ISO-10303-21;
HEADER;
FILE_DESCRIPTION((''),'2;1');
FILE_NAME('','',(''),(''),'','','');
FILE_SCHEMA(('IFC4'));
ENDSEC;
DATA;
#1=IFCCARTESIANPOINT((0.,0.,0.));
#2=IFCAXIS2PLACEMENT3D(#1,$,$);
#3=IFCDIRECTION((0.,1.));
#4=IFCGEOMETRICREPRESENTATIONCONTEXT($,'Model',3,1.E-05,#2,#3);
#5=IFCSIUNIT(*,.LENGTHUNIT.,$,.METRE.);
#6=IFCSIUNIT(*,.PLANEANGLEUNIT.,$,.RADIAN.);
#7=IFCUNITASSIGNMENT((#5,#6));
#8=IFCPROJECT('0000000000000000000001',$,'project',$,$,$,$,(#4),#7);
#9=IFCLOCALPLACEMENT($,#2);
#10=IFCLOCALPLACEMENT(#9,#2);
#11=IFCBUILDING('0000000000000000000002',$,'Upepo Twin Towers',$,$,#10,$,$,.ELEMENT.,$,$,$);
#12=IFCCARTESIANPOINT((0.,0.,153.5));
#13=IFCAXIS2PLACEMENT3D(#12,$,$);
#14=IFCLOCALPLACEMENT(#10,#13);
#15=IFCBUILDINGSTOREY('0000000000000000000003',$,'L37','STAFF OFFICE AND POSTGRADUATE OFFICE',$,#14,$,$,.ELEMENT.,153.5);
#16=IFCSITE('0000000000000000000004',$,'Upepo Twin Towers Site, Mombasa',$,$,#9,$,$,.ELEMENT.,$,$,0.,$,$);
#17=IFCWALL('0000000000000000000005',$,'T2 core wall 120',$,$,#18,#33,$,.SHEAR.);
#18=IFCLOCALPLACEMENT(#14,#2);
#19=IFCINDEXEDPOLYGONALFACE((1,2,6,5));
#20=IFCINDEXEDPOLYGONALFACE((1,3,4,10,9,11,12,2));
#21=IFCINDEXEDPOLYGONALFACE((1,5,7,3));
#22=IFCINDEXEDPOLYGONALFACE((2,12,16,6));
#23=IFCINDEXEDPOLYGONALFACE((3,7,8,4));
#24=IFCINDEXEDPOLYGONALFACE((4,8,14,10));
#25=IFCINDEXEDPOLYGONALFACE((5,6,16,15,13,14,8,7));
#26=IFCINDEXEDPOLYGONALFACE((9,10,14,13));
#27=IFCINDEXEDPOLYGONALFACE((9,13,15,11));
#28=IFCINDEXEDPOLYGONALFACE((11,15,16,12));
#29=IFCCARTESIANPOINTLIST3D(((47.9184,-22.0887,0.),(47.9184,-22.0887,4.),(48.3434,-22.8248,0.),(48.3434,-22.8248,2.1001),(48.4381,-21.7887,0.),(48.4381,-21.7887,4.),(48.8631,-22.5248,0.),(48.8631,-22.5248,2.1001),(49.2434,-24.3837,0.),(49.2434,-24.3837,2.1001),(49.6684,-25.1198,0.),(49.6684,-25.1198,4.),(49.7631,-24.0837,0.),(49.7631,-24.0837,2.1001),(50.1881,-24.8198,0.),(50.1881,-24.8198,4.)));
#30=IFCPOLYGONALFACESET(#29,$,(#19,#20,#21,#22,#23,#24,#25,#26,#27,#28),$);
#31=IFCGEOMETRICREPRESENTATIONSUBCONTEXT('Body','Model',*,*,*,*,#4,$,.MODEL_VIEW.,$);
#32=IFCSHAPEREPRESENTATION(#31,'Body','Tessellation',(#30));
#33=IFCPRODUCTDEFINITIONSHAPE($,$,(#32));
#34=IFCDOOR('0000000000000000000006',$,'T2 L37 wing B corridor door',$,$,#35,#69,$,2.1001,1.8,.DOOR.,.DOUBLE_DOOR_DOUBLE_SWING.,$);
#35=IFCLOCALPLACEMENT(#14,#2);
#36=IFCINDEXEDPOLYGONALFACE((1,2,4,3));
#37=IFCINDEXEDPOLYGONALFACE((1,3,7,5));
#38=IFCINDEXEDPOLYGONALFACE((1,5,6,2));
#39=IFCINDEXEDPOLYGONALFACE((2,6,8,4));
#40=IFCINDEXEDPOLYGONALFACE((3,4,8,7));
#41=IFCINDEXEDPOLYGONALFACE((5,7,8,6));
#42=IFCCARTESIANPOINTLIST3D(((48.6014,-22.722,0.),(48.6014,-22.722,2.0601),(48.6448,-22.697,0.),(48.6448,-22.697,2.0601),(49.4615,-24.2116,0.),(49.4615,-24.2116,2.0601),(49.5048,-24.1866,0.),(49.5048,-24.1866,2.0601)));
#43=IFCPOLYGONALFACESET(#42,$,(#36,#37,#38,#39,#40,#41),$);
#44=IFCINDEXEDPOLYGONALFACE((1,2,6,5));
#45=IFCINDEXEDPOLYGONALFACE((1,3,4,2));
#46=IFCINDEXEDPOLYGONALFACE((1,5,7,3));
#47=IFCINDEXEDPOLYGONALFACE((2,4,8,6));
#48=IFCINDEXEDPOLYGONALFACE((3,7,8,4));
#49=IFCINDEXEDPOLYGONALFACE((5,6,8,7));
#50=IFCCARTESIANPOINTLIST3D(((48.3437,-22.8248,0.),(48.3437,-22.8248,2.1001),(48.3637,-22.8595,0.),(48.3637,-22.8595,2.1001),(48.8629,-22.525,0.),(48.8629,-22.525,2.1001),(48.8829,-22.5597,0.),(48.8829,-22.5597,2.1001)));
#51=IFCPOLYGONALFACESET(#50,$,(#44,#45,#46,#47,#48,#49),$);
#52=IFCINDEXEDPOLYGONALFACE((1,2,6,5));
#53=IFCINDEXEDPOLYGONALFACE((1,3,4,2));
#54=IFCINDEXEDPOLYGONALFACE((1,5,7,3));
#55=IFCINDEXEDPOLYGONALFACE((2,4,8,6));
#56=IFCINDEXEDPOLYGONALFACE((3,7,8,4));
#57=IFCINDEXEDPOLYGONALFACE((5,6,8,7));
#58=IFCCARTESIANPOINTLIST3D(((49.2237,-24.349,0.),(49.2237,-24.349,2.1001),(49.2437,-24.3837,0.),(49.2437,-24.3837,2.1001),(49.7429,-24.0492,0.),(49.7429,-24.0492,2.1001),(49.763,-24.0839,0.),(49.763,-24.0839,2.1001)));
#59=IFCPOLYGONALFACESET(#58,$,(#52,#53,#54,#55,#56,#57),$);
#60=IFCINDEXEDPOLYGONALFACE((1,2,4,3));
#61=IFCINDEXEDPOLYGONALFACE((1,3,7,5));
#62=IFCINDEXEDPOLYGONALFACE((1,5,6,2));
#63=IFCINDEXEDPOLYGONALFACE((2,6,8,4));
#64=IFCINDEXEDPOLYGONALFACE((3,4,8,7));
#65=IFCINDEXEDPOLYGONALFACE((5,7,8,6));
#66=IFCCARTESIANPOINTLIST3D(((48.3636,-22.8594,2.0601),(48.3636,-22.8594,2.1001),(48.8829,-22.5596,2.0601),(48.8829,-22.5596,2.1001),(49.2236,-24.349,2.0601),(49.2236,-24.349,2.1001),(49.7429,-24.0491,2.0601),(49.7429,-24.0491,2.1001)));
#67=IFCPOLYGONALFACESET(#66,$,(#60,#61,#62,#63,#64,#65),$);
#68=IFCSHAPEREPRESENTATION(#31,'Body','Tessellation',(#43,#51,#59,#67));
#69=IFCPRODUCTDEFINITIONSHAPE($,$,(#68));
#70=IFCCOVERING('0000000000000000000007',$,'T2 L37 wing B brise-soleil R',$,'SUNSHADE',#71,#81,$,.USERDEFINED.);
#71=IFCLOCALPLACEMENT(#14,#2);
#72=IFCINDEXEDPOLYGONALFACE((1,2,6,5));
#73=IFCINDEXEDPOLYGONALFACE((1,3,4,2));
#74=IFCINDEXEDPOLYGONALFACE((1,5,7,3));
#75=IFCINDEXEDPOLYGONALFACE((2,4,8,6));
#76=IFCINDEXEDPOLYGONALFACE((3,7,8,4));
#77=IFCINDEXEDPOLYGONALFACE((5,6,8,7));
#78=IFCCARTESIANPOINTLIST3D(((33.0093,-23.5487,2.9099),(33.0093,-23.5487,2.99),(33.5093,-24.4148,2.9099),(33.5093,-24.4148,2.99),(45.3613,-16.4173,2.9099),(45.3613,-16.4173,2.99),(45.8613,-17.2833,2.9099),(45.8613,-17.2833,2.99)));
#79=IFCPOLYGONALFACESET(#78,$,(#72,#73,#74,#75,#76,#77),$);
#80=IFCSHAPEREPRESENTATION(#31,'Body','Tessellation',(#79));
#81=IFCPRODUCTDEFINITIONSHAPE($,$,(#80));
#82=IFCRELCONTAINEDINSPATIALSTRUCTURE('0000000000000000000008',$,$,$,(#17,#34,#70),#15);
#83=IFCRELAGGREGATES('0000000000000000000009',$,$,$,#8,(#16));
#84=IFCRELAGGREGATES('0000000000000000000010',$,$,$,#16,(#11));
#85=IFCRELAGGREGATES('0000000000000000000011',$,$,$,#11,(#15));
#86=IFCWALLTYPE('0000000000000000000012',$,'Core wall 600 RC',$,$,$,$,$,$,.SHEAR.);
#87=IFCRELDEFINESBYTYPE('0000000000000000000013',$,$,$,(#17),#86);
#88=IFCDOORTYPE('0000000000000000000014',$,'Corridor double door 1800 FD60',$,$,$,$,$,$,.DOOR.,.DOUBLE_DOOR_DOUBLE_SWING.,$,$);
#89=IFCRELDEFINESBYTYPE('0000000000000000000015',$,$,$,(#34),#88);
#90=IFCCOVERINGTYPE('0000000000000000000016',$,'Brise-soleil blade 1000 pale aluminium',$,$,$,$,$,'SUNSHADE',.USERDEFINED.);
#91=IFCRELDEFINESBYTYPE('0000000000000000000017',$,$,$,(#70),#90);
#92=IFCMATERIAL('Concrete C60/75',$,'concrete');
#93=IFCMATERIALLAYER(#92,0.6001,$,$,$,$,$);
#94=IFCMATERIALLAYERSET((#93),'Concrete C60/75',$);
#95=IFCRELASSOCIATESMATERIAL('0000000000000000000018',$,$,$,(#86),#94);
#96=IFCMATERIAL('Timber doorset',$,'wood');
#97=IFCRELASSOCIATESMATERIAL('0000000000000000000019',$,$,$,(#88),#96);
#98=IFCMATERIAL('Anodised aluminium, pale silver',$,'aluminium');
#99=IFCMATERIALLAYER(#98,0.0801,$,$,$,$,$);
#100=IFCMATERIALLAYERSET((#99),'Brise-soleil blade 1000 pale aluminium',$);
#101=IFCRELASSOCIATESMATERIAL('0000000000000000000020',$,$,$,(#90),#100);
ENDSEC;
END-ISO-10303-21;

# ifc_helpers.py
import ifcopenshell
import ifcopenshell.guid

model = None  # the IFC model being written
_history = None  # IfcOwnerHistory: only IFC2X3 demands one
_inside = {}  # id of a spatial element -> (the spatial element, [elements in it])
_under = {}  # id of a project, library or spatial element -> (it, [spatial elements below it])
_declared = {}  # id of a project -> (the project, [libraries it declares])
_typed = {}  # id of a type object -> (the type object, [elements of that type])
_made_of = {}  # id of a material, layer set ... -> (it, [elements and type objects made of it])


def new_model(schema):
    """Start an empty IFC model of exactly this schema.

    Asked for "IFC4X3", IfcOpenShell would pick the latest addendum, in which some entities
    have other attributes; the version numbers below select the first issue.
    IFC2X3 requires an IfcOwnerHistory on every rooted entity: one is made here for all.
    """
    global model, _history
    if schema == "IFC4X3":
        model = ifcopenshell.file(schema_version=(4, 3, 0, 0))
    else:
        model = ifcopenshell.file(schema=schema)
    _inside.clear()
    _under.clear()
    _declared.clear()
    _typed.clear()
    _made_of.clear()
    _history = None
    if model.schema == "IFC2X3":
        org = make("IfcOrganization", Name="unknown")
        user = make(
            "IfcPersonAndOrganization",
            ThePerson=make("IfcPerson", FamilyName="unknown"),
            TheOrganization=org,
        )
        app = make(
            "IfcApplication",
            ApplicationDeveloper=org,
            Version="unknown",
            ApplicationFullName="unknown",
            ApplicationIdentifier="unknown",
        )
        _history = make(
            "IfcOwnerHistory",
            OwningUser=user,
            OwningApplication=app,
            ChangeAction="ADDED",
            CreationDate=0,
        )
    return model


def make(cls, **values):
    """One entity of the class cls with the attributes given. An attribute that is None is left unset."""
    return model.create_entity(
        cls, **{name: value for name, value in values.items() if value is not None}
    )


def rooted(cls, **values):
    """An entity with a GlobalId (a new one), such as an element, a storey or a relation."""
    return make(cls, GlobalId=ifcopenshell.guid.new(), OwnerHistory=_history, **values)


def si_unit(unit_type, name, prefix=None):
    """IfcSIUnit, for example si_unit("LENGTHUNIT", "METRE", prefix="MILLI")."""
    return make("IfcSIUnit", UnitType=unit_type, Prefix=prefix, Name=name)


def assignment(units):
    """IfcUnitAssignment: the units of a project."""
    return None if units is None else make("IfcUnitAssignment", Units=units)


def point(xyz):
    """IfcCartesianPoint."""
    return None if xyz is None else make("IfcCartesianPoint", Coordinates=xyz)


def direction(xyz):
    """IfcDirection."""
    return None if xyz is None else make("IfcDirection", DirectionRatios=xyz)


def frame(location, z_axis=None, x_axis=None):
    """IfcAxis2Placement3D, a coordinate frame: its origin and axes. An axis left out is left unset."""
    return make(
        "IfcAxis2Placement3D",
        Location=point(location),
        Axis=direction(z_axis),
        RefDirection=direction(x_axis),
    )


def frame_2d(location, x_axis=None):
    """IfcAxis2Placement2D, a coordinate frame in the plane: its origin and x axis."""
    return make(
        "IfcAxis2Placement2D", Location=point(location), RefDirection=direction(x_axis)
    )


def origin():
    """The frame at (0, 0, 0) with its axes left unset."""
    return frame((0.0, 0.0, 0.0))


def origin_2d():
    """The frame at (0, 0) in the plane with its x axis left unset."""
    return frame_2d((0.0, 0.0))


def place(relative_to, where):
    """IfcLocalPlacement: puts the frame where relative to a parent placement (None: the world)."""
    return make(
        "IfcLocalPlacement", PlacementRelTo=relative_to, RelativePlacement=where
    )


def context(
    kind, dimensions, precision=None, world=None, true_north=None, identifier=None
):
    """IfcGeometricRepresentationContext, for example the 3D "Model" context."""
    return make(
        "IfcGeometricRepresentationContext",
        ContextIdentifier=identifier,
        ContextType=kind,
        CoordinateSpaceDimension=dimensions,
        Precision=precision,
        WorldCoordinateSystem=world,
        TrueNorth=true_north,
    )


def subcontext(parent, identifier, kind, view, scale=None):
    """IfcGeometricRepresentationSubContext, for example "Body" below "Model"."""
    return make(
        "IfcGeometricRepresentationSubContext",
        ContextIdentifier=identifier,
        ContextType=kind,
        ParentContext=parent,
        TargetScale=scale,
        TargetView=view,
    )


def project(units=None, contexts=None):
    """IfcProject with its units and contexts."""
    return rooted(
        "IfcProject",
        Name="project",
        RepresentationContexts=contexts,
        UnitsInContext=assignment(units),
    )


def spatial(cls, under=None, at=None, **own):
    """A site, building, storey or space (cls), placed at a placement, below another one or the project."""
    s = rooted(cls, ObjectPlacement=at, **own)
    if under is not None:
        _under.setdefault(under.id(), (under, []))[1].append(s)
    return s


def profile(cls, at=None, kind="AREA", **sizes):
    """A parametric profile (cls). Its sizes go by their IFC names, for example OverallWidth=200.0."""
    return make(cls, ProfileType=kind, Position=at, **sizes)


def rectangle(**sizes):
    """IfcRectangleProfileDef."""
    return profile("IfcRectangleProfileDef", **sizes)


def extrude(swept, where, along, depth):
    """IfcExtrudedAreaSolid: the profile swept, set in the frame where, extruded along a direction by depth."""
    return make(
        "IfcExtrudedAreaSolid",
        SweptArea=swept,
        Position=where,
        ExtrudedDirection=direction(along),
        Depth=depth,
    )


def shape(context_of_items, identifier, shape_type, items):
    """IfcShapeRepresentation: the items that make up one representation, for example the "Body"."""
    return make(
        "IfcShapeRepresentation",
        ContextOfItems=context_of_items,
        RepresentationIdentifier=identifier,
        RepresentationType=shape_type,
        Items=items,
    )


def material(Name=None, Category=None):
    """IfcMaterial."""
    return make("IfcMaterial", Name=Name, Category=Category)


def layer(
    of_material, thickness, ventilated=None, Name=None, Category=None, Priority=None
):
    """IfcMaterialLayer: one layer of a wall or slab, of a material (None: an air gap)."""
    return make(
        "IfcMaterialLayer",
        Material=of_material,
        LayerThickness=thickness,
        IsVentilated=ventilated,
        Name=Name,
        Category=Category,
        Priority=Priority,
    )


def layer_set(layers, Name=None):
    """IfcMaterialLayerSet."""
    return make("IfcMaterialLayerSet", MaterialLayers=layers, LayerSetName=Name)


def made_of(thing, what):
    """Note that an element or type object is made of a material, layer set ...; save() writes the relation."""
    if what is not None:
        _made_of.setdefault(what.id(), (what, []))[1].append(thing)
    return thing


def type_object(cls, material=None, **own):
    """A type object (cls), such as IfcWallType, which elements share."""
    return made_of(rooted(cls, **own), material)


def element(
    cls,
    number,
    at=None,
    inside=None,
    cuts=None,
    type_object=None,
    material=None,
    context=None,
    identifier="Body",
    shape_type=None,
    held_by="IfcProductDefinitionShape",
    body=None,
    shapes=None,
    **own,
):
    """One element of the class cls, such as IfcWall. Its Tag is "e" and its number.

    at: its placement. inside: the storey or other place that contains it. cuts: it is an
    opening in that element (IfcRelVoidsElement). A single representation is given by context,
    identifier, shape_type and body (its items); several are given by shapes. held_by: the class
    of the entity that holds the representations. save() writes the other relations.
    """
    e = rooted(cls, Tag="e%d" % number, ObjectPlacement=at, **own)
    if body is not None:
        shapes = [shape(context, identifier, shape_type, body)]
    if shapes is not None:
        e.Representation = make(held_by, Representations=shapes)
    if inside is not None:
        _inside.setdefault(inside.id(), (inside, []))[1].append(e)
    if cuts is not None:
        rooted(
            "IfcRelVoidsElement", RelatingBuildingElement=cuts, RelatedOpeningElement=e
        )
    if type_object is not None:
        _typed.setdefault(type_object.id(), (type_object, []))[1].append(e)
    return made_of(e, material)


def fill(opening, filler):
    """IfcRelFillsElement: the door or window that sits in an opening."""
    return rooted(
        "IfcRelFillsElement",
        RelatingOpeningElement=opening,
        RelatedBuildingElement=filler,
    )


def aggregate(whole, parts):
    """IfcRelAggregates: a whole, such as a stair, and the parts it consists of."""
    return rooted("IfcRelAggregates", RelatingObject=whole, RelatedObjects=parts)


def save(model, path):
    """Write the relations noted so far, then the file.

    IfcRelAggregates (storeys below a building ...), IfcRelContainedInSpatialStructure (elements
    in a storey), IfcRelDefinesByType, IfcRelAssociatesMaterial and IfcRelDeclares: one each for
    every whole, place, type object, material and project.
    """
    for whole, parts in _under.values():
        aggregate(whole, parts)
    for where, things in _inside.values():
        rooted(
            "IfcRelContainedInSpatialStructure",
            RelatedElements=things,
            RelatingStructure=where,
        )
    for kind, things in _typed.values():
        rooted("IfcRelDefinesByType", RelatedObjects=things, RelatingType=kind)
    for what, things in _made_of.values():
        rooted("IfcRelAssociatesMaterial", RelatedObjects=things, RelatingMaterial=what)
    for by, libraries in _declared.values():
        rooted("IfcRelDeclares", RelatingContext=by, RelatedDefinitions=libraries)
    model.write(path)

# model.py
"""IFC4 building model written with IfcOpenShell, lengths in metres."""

from ifc_helpers import new_model, si_unit, direction, frame, frame_2d, origin, origin_2d, place, context, subcontext, project, spatial, rectangle, extrude, material, layer, layer_set, type_object, element, fill, save


model = new_model("IFC4")

# Units and contexts
model_context = context("Model", 3, precision=1e-05, world=origin(), true_north=direction((0.0, 1.0)))
body_context = subcontext(model_context, "Body", "Model", "MODEL_VIEW")
ifc_project = project(units=[si_unit("LENGTHUNIT", "METRE"), si_unit("PLANEANGLEUNIT", "RADIAN")], contexts=[model_context])

# Site, building, storey
site_placement = place(None, origin())
site = spatial("IfcSite", under=ifc_project, at=site_placement, Name="Upepo Twin Towers Site, Mombasa", CompositionType="ELEMENT", RefElevation=0.0)
building_placement = place(site_placement, origin())
building = spatial("IfcBuilding", under=site, at=building_placement, Name="Upepo Twin Towers", CompositionType="ELEMENT")
storey_placement = place(building_placement, frame((0.0, 0.0, 153.5)))
storey = spatial("IfcBuildingStorey", under=building, at=storey_placement, Name="L37", Description="STAFF OFFICE AND POSTGRADUATE OFFICE", CompositionType="ELEMENT", Elevation=153.5)

# Shared definitions
ifc_material_1 = material(Name="Concrete C60/75", Category="concrete")
ifc_layer_1 = layer(ifc_material_1, 0.6001)
ifc_layer_set_1 = layer_set([ifc_layer_1], Name="Concrete C60/75")
wall_type = type_object("IfcWallType", Name="Core wall 600 RC", PredefinedType="SHEAR", material=ifc_layer_set_1)

# Wall, opening, door
wall_1_placement = place(storey_placement, frame((48.1782, -21.9387, 0.0), z_axis=(0.0, 0.0, 1.0), x_axis=(0.50001, -0.866019, 0.0)))
wall_1 = element("IfcWall", 1, at=wall_1_placement, inside=storey, type_object=wall_type, Name="T2 core wall 120", PredefinedType="SHEAR", context=body_context, shape_type="SweptSolid", body=[
    extrude(rectangle(XDim=3.5, YDim=0.6001, at=frame_2d((1.75, 0.0))), origin(), (0.0, 0.0, 1.0), 4.0),
])
opening_placement = place(wall_1_placement, frame((0.8501, 0.0, 0.0)))
opening = element("IfcOpeningElement", 2, at=opening_placement, cuts=wall_1, PredefinedType="OPENING", context=body_context, shape_type="SweptSolid", body=[
    extrude(rectangle(XDim=1.8, YDim=2.1001, at=frame_2d((0.8999, 1.05))), frame((0.0, 0.3101, 0.0), z_axis=(0.0, -1.0, 0.0), x_axis=(1.0, 0.0, 0.0)), (0.0, 0.0, 1.0), 0.6201),
])
ifc_material_2 = material(Name="Timber doorset", Category="wood")
door_type = type_object("IfcDoorType", Name="Corridor double door 1800 FD60", OperationType="DOUBLE_DOOR_DOUBLE_SWING", PredefinedType="DOOR", material=ifc_material_2)
door_placement = place(opening_placement, origin())
door = element("IfcDoor", 3, at=door_placement, inside=storey, type_object=door_type, Name="T2 L37 wing B corridor door", OperationType="DOUBLE_DOOR_DOUBLE_SWING", OverallHeight=2.1001, OverallWidth=1.8, PredefinedType="DOOR", context=body_context, shape_type="SweptSolid", body=[
    extrude(rectangle(XDim=1.72, YDim=2.0601, at=frame_2d((0.8999, 1.03))), frame((0.0, 0.0249, 0.0), z_axis=(0.0, -1.0, 0.0), x_axis=(1.0, 0.0, 0.0)), (0.0, 0.0, 1.0), 0.05),
    extrude(rectangle(XDim=0.04, YDim=2.1001, at=frame_2d((0.02, 1.05))), frame((0.0, 0.2998, 0.0), z_axis=(0.0, -1.0, 0.0), x_axis=(1.0, 0.0, 0.0)), (0.0, 0.0, 1.0), 0.5996),
    extrude(rectangle(XDim=0.04, YDim=2.1001, at=frame_2d((1.78, 1.05))), frame((0.0, 0.2998, 0.0), z_axis=(0.0, -1.0, 0.0), x_axis=(1.0, 0.0, 0.0)), (0.0, 0.0, 1.0), 0.5996),
    extrude(rectangle(XDim=1.72, YDim=0.04, at=frame_2d((0.8999, 2.0801))), frame((0.0, 0.2998, 0.0), z_axis=(0.0, -1.0, 0.0), x_axis=(1.0, 0.0, 0.0)), (0.0, 0.0, 1.0), 0.5996),
])
fill(opening, door)

# Covering
ifc_material_3 = material(Name="Anodised aluminium, pale silver", Category="aluminium")
ifc_layer_2 = layer(ifc_material_3, 0.0801)
ifc_layer_set_2 = layer_set([ifc_layer_2], Name="Brise-soleil blade 1000 pale aluminium")
covering_type = type_object("IfcCoveringType", Name="Brise-soleil blade 1000 pale aluminium", ElementType="SUNSHADE", PredefinedType="USERDEFINED", material=ifc_layer_set_2)
covering_placement = place(storey_placement, frame((39.4353, -20.416, 2.9099), z_axis=(0.0, 0.0, 1.0), x_axis=(-0.866025, -0.5, 0.0)))
element("IfcCovering", 4, at=covering_placement, inside=storey, type_object=covering_type, Name="T2 L37 wing B brise-soleil R", ObjectType="SUNSHADE", PredefinedType="USERDEFINED", context=body_context, shape_type="SweptSolid", body=[
    extrude(rectangle(XDim=14.2629, YDim=1.0, at=origin_2d()), origin(), (0.0, 0.0, 1.0), 0.0801),
])

save(model, "model.ifc")
